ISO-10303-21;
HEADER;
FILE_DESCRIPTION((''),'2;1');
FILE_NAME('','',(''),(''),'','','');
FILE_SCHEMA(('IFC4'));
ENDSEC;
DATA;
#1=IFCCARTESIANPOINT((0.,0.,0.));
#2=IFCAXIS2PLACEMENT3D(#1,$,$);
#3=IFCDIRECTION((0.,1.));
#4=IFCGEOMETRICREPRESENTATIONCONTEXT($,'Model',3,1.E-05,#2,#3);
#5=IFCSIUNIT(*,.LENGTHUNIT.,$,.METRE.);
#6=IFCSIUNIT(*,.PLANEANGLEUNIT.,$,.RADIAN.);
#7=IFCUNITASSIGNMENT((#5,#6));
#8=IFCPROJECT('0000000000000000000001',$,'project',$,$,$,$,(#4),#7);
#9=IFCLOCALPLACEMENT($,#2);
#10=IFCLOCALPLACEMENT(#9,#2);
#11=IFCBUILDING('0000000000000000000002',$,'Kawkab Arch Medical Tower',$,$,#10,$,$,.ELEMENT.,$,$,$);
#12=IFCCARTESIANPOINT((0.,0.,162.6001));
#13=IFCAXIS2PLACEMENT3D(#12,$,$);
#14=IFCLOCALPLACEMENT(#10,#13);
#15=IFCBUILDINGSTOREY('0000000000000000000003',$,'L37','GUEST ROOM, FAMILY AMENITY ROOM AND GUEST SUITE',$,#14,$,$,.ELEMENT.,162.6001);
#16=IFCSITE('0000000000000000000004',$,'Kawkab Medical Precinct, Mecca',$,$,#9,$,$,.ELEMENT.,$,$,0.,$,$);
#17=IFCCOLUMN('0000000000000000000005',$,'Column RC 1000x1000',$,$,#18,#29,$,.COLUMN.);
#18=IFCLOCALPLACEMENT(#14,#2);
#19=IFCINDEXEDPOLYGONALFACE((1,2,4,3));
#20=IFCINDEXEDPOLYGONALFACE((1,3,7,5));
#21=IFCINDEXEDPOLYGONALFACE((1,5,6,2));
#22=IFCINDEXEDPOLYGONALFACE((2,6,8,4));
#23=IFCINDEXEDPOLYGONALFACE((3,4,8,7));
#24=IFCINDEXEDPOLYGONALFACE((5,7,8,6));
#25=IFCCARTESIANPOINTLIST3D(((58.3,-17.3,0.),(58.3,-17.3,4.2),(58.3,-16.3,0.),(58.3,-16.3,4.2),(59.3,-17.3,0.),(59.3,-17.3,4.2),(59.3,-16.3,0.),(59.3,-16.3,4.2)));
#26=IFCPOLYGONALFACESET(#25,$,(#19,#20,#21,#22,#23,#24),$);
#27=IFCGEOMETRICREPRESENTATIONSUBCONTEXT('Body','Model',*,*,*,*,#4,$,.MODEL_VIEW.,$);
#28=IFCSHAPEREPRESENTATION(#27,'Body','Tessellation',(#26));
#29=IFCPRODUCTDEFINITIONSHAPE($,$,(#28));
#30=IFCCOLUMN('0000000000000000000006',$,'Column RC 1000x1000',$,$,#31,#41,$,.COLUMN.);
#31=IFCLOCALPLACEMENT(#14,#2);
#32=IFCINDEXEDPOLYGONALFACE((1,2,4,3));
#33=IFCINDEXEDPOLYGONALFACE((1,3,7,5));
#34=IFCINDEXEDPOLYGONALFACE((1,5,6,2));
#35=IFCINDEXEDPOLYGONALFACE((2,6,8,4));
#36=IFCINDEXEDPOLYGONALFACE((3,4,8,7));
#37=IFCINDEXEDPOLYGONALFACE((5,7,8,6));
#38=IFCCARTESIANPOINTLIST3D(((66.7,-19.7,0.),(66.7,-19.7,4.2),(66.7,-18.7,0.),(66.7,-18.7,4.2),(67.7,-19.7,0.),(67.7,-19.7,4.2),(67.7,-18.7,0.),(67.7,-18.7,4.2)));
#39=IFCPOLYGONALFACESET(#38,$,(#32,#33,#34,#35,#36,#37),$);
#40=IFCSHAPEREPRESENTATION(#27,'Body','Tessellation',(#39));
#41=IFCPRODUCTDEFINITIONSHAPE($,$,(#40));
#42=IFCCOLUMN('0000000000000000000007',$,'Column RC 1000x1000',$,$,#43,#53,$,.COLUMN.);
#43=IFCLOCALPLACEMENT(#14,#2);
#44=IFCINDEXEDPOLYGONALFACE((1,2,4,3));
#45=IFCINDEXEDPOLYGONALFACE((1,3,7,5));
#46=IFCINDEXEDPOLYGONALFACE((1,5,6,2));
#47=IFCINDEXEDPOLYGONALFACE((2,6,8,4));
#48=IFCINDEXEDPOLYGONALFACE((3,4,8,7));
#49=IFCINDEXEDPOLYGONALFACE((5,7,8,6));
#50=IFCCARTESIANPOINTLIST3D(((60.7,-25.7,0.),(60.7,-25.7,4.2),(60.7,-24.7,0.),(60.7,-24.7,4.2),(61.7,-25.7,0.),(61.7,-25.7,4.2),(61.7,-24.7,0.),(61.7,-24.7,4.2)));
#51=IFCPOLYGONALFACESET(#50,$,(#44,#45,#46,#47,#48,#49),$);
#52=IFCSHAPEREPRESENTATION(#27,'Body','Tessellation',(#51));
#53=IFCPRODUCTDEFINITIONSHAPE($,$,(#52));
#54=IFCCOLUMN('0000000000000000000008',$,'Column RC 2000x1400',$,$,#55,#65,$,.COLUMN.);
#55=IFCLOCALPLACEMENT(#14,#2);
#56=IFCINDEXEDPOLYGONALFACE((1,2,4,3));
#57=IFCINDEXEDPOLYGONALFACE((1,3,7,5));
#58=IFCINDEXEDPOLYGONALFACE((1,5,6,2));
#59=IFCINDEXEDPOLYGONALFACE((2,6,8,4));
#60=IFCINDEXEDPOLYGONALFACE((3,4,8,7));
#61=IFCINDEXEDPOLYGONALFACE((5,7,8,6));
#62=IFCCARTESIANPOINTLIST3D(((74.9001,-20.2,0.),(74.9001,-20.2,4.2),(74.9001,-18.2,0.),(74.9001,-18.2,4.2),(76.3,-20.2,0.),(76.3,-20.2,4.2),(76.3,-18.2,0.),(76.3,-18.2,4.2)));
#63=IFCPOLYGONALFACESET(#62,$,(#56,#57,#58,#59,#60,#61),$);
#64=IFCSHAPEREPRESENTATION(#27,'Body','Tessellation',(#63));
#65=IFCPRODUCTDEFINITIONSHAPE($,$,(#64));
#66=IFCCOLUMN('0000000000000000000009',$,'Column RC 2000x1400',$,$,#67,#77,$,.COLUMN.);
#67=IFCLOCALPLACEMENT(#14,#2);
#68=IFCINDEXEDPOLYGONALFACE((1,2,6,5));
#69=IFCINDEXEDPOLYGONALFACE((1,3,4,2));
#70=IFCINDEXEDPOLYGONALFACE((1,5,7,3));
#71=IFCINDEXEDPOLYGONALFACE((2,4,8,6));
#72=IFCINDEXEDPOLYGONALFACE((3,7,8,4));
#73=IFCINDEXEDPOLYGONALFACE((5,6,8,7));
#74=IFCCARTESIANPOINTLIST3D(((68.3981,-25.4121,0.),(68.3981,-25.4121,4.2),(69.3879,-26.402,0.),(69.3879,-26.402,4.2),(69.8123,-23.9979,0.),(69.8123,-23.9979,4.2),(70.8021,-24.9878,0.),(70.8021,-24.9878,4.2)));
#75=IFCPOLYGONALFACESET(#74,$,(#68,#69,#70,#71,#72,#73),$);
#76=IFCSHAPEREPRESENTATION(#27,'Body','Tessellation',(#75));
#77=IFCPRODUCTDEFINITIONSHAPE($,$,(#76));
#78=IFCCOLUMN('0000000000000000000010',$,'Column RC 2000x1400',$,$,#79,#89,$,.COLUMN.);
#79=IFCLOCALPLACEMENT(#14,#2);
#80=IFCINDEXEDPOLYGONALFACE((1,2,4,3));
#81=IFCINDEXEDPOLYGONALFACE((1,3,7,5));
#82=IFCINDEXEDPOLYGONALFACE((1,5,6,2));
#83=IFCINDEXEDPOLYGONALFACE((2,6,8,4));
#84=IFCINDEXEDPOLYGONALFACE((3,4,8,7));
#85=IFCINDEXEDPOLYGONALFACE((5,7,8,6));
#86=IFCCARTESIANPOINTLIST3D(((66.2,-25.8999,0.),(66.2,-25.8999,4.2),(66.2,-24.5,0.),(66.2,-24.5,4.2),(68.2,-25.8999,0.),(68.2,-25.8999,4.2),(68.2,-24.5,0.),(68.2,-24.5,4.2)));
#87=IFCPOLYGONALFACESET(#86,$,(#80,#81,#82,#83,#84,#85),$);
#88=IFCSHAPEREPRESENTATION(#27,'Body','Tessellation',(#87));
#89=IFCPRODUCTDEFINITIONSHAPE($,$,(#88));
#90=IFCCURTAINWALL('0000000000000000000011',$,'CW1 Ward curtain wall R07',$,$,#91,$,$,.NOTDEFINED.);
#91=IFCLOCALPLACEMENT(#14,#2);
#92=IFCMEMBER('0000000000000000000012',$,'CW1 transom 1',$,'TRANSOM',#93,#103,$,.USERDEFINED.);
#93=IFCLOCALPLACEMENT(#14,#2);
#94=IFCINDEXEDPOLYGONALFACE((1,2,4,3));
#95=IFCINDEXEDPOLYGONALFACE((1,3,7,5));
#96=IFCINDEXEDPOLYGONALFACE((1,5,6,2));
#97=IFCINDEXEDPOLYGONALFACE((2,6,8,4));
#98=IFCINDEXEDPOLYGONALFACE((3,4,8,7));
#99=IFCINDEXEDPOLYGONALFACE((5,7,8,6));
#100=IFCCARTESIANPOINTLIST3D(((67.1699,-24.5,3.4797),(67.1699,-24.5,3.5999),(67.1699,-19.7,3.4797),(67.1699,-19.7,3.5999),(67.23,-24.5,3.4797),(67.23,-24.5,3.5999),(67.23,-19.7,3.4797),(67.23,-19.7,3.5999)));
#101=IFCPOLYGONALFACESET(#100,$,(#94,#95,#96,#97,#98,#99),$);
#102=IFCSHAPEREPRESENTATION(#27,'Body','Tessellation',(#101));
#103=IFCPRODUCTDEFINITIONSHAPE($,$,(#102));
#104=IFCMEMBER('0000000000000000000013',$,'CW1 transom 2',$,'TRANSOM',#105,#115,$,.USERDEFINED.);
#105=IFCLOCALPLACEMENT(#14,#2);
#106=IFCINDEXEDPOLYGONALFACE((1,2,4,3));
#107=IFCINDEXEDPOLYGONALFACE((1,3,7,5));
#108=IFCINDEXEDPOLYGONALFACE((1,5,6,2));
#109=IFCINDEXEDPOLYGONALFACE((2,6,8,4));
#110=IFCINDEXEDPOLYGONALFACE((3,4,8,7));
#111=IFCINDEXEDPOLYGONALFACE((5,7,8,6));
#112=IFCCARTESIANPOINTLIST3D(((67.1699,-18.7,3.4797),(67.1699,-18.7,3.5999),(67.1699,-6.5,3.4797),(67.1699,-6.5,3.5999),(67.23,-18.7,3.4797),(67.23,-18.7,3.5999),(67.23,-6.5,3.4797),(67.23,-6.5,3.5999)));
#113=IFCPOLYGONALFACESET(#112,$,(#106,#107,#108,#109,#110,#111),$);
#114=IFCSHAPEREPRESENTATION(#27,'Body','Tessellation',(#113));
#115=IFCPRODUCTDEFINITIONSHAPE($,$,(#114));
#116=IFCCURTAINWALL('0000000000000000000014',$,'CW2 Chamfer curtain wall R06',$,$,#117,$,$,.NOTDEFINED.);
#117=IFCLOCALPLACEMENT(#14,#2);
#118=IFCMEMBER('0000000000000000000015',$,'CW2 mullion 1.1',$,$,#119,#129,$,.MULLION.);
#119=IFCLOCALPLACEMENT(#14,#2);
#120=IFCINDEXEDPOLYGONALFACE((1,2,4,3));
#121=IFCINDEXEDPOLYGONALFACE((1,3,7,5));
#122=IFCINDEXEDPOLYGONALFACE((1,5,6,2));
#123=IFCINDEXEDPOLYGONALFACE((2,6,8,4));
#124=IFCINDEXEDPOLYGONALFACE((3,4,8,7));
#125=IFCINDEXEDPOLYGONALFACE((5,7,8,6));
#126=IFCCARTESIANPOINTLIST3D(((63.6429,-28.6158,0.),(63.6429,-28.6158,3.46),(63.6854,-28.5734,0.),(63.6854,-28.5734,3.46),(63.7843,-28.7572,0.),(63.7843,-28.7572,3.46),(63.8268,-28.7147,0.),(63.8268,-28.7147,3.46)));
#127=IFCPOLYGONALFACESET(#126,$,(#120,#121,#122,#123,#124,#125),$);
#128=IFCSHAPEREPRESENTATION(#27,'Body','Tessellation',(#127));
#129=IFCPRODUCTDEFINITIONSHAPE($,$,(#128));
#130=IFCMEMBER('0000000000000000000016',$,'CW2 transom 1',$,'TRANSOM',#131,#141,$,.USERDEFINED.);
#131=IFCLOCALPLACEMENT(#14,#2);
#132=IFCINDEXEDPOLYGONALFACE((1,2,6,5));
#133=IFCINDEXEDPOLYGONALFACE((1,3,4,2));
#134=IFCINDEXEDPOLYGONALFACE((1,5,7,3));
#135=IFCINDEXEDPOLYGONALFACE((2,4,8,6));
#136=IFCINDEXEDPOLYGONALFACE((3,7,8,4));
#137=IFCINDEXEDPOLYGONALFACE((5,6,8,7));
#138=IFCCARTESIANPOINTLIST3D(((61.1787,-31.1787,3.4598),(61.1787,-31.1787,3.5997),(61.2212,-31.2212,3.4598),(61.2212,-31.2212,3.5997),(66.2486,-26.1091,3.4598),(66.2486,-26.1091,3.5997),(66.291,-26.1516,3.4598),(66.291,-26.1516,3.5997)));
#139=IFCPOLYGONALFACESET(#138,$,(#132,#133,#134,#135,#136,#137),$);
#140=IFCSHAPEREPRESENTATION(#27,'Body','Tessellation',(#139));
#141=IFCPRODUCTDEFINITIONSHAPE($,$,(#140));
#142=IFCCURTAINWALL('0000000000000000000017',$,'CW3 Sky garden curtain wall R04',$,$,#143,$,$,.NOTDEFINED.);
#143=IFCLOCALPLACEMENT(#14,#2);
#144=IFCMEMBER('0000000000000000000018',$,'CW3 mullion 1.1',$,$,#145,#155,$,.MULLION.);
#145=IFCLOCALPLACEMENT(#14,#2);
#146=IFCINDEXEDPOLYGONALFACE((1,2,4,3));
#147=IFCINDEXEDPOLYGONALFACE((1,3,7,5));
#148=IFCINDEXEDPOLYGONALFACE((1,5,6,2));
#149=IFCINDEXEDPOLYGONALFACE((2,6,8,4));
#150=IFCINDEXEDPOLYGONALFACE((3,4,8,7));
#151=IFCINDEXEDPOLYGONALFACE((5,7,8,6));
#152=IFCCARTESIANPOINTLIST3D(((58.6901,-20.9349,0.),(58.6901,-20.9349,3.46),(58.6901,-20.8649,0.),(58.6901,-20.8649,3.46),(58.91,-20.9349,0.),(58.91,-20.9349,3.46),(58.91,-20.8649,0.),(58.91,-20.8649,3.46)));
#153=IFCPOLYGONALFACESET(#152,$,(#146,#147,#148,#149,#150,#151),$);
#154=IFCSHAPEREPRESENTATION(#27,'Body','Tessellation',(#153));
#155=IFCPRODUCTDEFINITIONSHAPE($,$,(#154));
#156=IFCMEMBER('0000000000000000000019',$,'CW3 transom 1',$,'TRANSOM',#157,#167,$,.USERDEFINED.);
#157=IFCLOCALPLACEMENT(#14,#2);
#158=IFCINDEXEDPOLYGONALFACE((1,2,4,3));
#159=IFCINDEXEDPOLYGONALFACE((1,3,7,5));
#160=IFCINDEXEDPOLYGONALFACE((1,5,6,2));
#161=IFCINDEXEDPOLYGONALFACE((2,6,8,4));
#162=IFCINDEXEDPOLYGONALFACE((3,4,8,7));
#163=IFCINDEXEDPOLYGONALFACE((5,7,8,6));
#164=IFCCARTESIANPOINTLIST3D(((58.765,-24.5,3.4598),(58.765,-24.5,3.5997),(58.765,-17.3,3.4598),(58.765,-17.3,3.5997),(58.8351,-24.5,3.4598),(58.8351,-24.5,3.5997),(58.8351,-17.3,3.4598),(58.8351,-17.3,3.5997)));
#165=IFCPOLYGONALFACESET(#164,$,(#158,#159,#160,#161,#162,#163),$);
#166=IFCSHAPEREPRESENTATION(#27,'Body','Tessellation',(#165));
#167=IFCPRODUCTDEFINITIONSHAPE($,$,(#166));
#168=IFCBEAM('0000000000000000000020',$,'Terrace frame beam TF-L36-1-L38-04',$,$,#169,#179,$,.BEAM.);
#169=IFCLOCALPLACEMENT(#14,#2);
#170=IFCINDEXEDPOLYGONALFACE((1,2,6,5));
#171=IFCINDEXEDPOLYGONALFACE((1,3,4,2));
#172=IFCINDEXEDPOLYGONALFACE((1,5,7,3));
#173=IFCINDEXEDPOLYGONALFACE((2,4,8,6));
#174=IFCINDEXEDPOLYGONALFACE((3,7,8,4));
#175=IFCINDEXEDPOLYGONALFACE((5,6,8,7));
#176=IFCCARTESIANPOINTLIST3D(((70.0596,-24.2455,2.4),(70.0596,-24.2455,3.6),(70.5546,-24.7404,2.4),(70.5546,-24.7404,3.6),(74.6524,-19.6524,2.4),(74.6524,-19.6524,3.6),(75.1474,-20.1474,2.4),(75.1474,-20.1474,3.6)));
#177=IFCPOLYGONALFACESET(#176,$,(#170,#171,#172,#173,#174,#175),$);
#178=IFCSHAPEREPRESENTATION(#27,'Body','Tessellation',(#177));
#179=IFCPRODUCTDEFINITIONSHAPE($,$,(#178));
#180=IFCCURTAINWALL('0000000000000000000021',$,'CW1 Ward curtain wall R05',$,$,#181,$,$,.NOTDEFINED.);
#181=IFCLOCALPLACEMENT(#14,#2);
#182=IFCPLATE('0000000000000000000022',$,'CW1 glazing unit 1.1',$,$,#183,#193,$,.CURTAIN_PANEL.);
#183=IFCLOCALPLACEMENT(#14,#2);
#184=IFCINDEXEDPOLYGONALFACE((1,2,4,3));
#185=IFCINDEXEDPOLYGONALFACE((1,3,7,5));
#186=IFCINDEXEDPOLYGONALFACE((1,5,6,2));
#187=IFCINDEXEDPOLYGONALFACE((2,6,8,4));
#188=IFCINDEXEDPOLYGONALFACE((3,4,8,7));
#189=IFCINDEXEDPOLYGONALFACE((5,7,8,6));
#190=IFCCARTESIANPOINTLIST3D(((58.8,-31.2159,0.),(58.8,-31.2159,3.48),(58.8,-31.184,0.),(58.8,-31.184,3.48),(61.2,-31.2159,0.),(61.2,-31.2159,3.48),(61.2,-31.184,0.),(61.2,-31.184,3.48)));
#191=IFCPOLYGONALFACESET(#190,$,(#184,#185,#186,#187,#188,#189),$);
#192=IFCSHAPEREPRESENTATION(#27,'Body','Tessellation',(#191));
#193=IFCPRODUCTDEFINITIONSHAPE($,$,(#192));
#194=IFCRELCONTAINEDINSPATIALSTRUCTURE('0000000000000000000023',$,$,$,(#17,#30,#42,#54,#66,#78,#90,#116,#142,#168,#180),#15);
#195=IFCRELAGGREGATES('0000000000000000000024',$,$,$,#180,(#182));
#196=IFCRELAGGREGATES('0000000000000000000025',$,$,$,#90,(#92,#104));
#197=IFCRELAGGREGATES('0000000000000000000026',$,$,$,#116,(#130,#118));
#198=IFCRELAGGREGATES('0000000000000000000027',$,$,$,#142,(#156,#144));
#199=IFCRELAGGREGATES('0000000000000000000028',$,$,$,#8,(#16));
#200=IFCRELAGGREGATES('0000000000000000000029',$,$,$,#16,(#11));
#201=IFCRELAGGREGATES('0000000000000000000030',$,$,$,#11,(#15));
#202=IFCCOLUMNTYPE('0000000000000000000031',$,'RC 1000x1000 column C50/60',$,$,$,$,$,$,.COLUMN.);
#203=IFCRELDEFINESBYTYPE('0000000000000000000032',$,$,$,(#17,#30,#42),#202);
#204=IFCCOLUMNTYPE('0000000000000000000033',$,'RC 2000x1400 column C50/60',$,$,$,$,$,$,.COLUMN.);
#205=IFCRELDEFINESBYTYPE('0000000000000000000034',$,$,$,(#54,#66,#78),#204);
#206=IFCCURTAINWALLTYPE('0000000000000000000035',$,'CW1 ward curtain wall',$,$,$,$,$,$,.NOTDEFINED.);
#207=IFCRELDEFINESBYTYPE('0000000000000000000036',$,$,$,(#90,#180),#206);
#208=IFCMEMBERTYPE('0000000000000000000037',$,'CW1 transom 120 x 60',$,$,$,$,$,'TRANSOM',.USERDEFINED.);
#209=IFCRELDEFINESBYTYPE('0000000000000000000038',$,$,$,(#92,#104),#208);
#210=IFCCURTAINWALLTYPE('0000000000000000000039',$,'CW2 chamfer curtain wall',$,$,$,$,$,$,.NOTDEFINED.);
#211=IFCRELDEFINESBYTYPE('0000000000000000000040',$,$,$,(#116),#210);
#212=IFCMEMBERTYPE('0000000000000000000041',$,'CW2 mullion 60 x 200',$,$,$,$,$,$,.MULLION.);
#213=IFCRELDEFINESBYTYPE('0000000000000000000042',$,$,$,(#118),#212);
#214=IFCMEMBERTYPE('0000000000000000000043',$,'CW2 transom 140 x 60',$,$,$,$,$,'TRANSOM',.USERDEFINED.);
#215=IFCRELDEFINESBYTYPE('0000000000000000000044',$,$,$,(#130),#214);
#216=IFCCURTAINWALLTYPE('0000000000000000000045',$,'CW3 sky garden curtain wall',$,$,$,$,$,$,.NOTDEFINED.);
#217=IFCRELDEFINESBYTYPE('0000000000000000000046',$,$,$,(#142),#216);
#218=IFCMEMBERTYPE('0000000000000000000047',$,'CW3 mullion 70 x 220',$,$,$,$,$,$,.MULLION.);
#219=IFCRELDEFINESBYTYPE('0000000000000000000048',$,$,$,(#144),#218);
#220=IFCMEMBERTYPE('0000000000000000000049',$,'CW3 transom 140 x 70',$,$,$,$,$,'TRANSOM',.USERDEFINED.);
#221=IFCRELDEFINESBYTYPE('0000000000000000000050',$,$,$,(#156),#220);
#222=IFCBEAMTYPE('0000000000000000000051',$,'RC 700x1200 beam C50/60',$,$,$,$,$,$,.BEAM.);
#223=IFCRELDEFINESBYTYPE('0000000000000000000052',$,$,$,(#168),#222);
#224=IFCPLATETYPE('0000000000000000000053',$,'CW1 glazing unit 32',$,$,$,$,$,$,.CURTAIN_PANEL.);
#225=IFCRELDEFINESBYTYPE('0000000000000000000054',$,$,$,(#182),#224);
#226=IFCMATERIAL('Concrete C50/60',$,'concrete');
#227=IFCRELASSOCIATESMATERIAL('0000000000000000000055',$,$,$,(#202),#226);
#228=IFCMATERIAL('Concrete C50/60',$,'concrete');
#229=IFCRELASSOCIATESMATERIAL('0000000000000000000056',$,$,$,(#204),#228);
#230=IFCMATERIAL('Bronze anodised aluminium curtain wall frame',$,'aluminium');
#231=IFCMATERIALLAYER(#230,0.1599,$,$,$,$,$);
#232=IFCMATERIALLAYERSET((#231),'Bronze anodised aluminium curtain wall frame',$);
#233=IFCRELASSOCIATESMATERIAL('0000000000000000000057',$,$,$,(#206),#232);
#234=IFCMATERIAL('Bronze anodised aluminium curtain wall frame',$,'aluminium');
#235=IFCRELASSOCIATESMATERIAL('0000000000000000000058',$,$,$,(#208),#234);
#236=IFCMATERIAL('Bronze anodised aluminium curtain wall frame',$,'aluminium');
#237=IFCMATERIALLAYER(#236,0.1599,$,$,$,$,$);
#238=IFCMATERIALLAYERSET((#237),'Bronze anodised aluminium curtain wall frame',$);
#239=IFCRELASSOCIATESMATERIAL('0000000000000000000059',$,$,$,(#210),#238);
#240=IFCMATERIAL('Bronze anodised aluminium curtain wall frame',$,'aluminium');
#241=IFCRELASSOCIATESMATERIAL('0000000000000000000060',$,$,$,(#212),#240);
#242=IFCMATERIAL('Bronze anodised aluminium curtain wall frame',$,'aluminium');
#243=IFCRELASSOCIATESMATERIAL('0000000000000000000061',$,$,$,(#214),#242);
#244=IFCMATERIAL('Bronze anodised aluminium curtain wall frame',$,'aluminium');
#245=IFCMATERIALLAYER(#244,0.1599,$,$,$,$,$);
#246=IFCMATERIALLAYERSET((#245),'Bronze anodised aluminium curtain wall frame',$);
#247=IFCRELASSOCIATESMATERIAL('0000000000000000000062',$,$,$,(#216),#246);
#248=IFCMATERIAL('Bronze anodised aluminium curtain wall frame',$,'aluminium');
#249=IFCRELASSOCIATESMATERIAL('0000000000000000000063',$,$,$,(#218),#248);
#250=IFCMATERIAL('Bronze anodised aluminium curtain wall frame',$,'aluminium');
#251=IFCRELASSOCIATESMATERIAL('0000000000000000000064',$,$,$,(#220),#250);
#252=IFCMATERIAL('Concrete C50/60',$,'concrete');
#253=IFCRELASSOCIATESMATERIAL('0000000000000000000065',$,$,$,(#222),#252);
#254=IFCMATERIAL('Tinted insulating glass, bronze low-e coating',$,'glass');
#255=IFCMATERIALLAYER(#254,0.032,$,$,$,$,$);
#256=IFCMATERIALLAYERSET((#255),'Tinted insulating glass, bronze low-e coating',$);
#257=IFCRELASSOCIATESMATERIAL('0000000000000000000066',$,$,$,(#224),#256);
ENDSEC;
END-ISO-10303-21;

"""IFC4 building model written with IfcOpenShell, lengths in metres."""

from ifc_helpers import new_model, si_unit, direction, frame, origin, origin_2d, place, context, subcontext, project, spatial, rectangle, extrude, material, layer, layer_set, material_profile, profile_set, type_object, element, aggregate, save


model = new_model("IFC4")

# Units and contexts
model_context = context("Model", 3, precision=1e-05, world=origin(), true_north=direction((0.0, 1.0)))
body_context = subcontext(model_context, "Body", "Model", "MODEL_VIEW")
ifc_project = project(units=[si_unit("LENGTHUNIT", "METRE"), si_unit("PLANEANGLEUNIT", "RADIAN")], contexts=[model_context])

# Site, building, storey
site_placement = place(None, origin())
site = spatial("IfcSite", under=ifc_project, at=site_placement, Name="Kawkab Medical Precinct, Mecca", CompositionType="ELEMENT", RefElevation=0.0)
building_placement = place(site_placement, origin())
building = spatial("IfcBuilding", under=site, at=building_placement, Name="Kawkab Arch Medical Tower", CompositionType="ELEMENT")
storey_placement = place(building_placement, frame((0.0, 0.0, 162.6001)))
storey = spatial("IfcBuildingStorey", under=building, at=storey_placement, Name="L37", Description="GUEST ROOM, FAMILY AMENITY ROOM AND GUEST SUITE", CompositionType="ELEMENT", Elevation=162.6001)

# Columns
ifc_material_1 = material(Name="Concrete C50/60", Category="concrete")
ifc_material_profile_1 = material_profile(ifc_material_1, rectangle(XDim=1.0, YDim=1.0, at=origin_2d()), Name="RC 1000x1000")
ifc_profile_set_1 = profile_set([ifc_material_profile_1], Name="Concrete C50/60")
column_type_1 = type_object("IfcColumnType", Name="RC 1000x1000 column C50/60", PredefinedType="COLUMN", material=ifc_profile_set_1)
for number, where, z_axis, x_axis, name in (
    (1, (58.8, -16.8, 0.0), (0.0, 0.0, 1.0), (1.0, 0.0, 0.0), "Column RC 1000x1000"),
    (2, (67.2, -19.2, 0.0), (0.0, 0.0, 1.0), (1.0, 0.0, 0.0), "Column RC 1000x1000"),
    (3, (61.2, -25.2, 0.0), (0.0, 0.0, 1.0), (1.0, 0.0, 0.0), "Column RC 1000x1000"),
):
    element("IfcColumn", number, at=place(storey_placement, frame(where, z_axis=z_axis, x_axis=x_axis)), inside=storey, type_object=column_type_1, Name=name, PredefinedType="COLUMN", context=body_context, shape_type="SweptSolid", body=[
        extrude(rectangle(XDim=1.0, YDim=1.0, at=origin_2d()), origin(), (0.0, 0.0, 1.0), 4.2),
    ])
ifc_material_2 = material(Name="Concrete C50/60", Category="concrete")
ifc_material_profile_2 = material_profile(ifc_material_2, rectangle(XDim=2.0, YDim=1.3999, at=origin_2d()), Name="RC 2000x1400")
ifc_profile_set_2 = profile_set([ifc_material_profile_2], Name="Concrete C50/60")
column_type_2 = type_object("IfcColumnType", Name="RC 2000x1400 column C50/60", PredefinedType="COLUMN", material=ifc_profile_set_2)
for number, where, z_axis, x_axis, name in (
    (4, (75.6001, -19.2, 0.0), (0.0, 0.0, 1.0), (0.0, -1.0, 0.0), "Column RC 2000x1400"),
    (5, (69.6001, -25.2, 0.0), (0.0, 0.0, 1.0), (-0.707107, -0.707107, 0.0), "Column RC 2000x1400"),
    (6, (67.2, -25.2, 0.0), (0.0, 0.0, 1.0), (-1.0, 0.0, 0.0), "Column RC 2000x1400"),
):
    element("IfcColumn", number, at=place(storey_placement, frame(where, z_axis=z_axis, x_axis=x_axis)), inside=storey, type_object=column_type_2, Name=name, PredefinedType="COLUMN", context=body_context, shape_type="SweptSolid", body=[
        extrude(rectangle(XDim=2.0, YDim=1.3999, at=origin_2d()), origin(), (0.0, 0.0, 1.0), 4.2),
    ])

# Curtain walls, members
ifc_material_3 = material(Name="Bronze anodised aluminium curtain wall frame", Category="aluminium")
ifc_layer_1 = layer(ifc_material_3, 0.1599)
ifc_layer_set_1 = layer_set([ifc_layer_1], Name="Bronze anodised aluminium curtain wall frame")
curtain_wall_type_1 = type_object("IfcCurtainWallType", Name="CW1 ward curtain wall", PredefinedType="NOTDEFINED", material=ifc_layer_set_1)
placement = place(storey_placement, origin())
curtain_wall_1 = element("IfcCurtainWall", 7, at=placement, inside=storey, type_object=curtain_wall_type_1, Name="CW1 Ward curtain wall R07", PredefinedType="NOTDEFINED")
ifc_material_4 = material(Name="Bronze anodised aluminium curtain wall frame", Category="aluminium")
ifc_material_profile_3 = material_profile(ifc_material_4, rectangle(XDim=0.0601, YDim=0.1201, at=origin_2d()), Name="AL 60x120")
ifc_profile_set_3 = profile_set([ifc_material_profile_3], Name="Bronze anodised aluminium curtain wall frame")
member_type_1 = type_object("IfcMemberType", Name="CW1 transom 120 x 60", ElementType="TRANSOM", PredefinedType="USERDEFINED", material=ifc_profile_set_3)
member_1_placement = place(storey_placement, frame((67.2, -24.5, 3.5398), z_axis=(0.0, 1.0, 0.0), x_axis=(-1.0, 0.0, 0.0)))
member_1 = element("IfcMember", 8, at=member_1_placement, type_object=member_type_1, Name="CW1 transom 1", ObjectType="TRANSOM", PredefinedType="USERDEFINED", context=body_context, shape_type="SweptSolid", body=[
    extrude(rectangle(XDim=0.0601, YDim=0.1201, at=origin_2d()), origin(), (0.0, 0.0, 1.0), 4.8),
])
member_2_placement = place(storey_placement, frame((67.2, -18.7, 3.5398), z_axis=(0.0, 1.0, 0.0), x_axis=(-1.0, 0.0, 0.0)))
member_2 = element("IfcMember", 9, at=member_2_placement, type_object=member_type_1, Name="CW1 transom 2", ObjectType="TRANSOM", PredefinedType="USERDEFINED", context=body_context, shape_type="SweptSolid", body=[
    extrude(rectangle(XDim=0.0601, YDim=0.1201, at=origin_2d()), origin(), (0.0, 0.0, 1.0), 12.2),
])
ifc_material_5 = material(Name="Bronze anodised aluminium curtain wall frame", Category="aluminium")
ifc_layer_2 = layer(ifc_material_5, 0.1599)
ifc_layer_set_2 = layer_set([ifc_layer_2], Name="Bronze anodised aluminium curtain wall frame")
curtain_wall_type_2 = type_object("IfcCurtainWallType", Name="CW2 chamfer curtain wall", PredefinedType="NOTDEFINED", material=ifc_layer_set_2)
curtain_wall_2 = element("IfcCurtainWall", 10, at=placement, inside=storey, type_object=curtain_wall_type_2, Name="CW2 Chamfer curtain wall R06", PredefinedType="NOTDEFINED")
ifc_material_6 = material(Name="Bronze anodised aluminium curtain wall frame", Category="aluminium")
ifc_material_profile_4 = material_profile(ifc_material_6, rectangle(XDim=0.2, YDim=0.0601, at=origin_2d()), Name="AL 60x200")
ifc_profile_set_4 = profile_set([ifc_material_profile_4], Name="Bronze anodised aluminium curtain wall frame")
member_type_2 = type_object("IfcMemberType", Name="CW2 mullion 60 x 200", PredefinedType="MULLION", material=ifc_profile_set_4)
member_3_placement = place(storey_placement, frame((63.7349, -28.6653, 0.0), z_axis=(0.0, 0.0, 1.0), x_axis=(-0.707107, 0.707107, 0.0)))
member_3 = element("IfcMember", 11, at=member_3_placement, type_object=member_type_2, Name="CW2 mullion 1.1", PredefinedType="MULLION", context=body_context, shape_type="SweptSolid", body=[
    extrude(rectangle(XDim=0.2, YDim=0.0601, at=origin_2d()), origin(), (0.0, 0.0, 1.0), 3.46),
])
ifc_material_7 = material(Name="Bronze anodised aluminium curtain wall frame", Category="aluminium")
ifc_material_profile_5 = material_profile(ifc_material_7, rectangle(XDim=0.0601, YDim=0.1399, at=origin_2d()), Name="AL 60x140")
ifc_profile_set_5 = profile_set([ifc_material_profile_5], Name="Bronze anodised aluminium curtain wall frame")
member_type_3 = type_object("IfcMemberType", Name="CW2 transom 140 x 60", ElementType="TRANSOM", PredefinedType="USERDEFINED", material=ifc_profile_set_5)
member_4_placement = place(storey_placement, frame((61.2, -31.2, 3.5298), z_axis=(0.707124, 0.70709, 0.0), x_axis=(-0.70709, 0.707124, 0.0)))
member_4 = element("IfcMember", 12, at=member_4_placement, type_object=member_type_3, Name="CW2 transom 1", ObjectType="TRANSOM", PredefinedType="USERDEFINED", context=body_context, shape_type="SweptSolid", body=[
    extrude(rectangle(XDim=0.0601, YDim=0.1399, at=origin_2d()), origin(), (0.0, 0.0, 1.0), 7.1697),
])
ifc_material_8 = material(Name="Bronze anodised aluminium curtain wall frame", Category="aluminium")
ifc_layer_3 = layer(ifc_material_8, 0.1599)
ifc_layer_set_3 = layer_set([ifc_layer_3], Name="Bronze anodised aluminium curtain wall frame")
curtain_wall_type_3 = type_object("IfcCurtainWallType", Name="CW3 sky garden curtain wall", PredefinedType="NOTDEFINED", material=ifc_layer_set_3)
curtain_wall_3 = element("IfcCurtainWall", 13, at=placement, inside=storey, type_object=curtain_wall_type_3, Name="CW3 Sky garden curtain wall R04", PredefinedType="NOTDEFINED")
ifc_material_9 = material(Name="Bronze anodised aluminium curtain wall frame", Category="aluminium")
ifc_material_profile_6 = material_profile(ifc_material_9, rectangle(XDim=0.22, YDim=0.0701, at=origin_2d()), Name="AL 70x220")
ifc_profile_set_6 = profile_set([ifc_material_profile_6], Name="Bronze anodised aluminium curtain wall frame")
member_type_4 = type_object("IfcMemberType", Name="CW3 mullion 70 x 220", PredefinedType="MULLION", material=ifc_profile_set_6)
member_5_placement = place(storey_placement, frame((58.8, -20.8999, 0.0), z_axis=(0.0, 0.0, 1.0), x_axis=(1.0, 0.0, 0.0)))
member_5 = element("IfcMember", 14, at=member_5_placement, type_object=member_type_4, Name="CW3 mullion 1.1", PredefinedType="MULLION", context=body_context, shape_type="SweptSolid", body=[
    extrude(rectangle(XDim=0.22, YDim=0.0701, at=origin_2d()), origin(), (0.0, 0.0, 1.0), 3.46),
])
ifc_material_10 = material(Name="Bronze anodised aluminium curtain wall frame", Category="aluminium")
ifc_material_profile_7 = material_profile(ifc_material_10, rectangle(XDim=0.0701, YDim=0.1399, at=origin_2d()), Name="AL 70x140")
ifc_profile_set_7 = profile_set([ifc_material_profile_7], Name="Bronze anodised aluminium curtain wall frame")
member_type_5 = type_object("IfcMemberType", Name="CW3 transom 140 x 70", ElementType="TRANSOM", PredefinedType="USERDEFINED", material=ifc_profile_set_7)
member_6_placement = place(storey_placement, frame((58.8, -17.3, 3.5298), z_axis=(0.0, -1.0, 0.0), x_axis=(1.0, 0.0, 0.0)))
member_6 = element("IfcMember", 15, at=member_6_placement, type_object=member_type_5, Name="CW3 transom 1", ObjectType="TRANSOM", PredefinedType="USERDEFINED", context=body_context, shape_type="SweptSolid", body=[
    extrude(rectangle(XDim=0.0701, YDim=0.1399, at=origin_2d()), origin(), (0.0, 0.0, 1.0), 7.2),
])

# Beam
ifc_material_11 = material(Name="Concrete C50/60", Category="concrete")
ifc_material_profile_8 = material_profile(ifc_material_11, rectangle(XDim=0.7, YDim=1.2, at=origin_2d()), Name="RC 700x1200")
ifc_profile_set_8 = profile_set([ifc_material_profile_8], Name="Concrete C50/60")
beam_type = type_object("IfcBeamType", Name="RC 700x1200 beam C50/60", PredefinedType="BEAM", material=ifc_profile_set_8)
beam_placement = place(storey_placement, frame((74.8999, -19.8999, 3.0), z_axis=(-0.707088, -0.707126, 0.0), x_axis=(0.707126, -0.707088, 0.0)))
element("IfcBeam", 16, at=beam_placement, inside=storey, type_object=beam_type, Name="Terrace frame beam TF-L36-1-L38-04", PredefinedType="BEAM", context=body_context, shape_type="SweptSolid", body=[
    extrude(rectangle(XDim=0.7, YDim=1.2, at=origin_2d()), origin(), (0.0, 0.0, 1.0), 6.4954),
])

# Curtain wall, plate
curtain_wall_4 = element("IfcCurtainWall", 17, at=placement, inside=storey, type_object=curtain_wall_type_1, Name="CW1 Ward curtain wall R05", PredefinedType="NOTDEFINED")
ifc_material_12 = material(Name="Tinted insulating glass, bronze low-e coating", Category="glass")
ifc_layer_4 = layer(ifc_material_12, 0.032)
ifc_layer_set_4 = layer_set([ifc_layer_4], Name="Tinted insulating glass, bronze low-e coating")
plate_type_1 = type_object("IfcPlateType", Name="CW1 glazing unit 32", PredefinedType="CURTAIN_PANEL", material=ifc_layer_set_4)
plate_1_placement = place(storey_placement, frame((60.0, -31.2, 0.0), z_axis=(0.0, 0.0, 1.0), x_axis=(1.0, 0.0, 0.0)))
plate_1 = element("IfcPlate", 18, at=plate_1_placement, type_object=plate_type_1, Name="CW1 glazing unit 1.1", PredefinedType="CURTAIN_PANEL", context=body_context, shape_type="SweptSolid", body=[
    extrude(rectangle(XDim=2.3999, YDim=0.032, at=origin_2d()), origin(), (0.0, 0.0, 1.0), 3.48),
])
aggregate(curtain_wall_4, [plate_1])

aggregate(curtain_wall_1, [member_1, member_2])
aggregate(curtain_wall_2, [member_4, member_3])
aggregate(curtain_wall_3, [member_6, member_5])

save(model, "model.ifc")
